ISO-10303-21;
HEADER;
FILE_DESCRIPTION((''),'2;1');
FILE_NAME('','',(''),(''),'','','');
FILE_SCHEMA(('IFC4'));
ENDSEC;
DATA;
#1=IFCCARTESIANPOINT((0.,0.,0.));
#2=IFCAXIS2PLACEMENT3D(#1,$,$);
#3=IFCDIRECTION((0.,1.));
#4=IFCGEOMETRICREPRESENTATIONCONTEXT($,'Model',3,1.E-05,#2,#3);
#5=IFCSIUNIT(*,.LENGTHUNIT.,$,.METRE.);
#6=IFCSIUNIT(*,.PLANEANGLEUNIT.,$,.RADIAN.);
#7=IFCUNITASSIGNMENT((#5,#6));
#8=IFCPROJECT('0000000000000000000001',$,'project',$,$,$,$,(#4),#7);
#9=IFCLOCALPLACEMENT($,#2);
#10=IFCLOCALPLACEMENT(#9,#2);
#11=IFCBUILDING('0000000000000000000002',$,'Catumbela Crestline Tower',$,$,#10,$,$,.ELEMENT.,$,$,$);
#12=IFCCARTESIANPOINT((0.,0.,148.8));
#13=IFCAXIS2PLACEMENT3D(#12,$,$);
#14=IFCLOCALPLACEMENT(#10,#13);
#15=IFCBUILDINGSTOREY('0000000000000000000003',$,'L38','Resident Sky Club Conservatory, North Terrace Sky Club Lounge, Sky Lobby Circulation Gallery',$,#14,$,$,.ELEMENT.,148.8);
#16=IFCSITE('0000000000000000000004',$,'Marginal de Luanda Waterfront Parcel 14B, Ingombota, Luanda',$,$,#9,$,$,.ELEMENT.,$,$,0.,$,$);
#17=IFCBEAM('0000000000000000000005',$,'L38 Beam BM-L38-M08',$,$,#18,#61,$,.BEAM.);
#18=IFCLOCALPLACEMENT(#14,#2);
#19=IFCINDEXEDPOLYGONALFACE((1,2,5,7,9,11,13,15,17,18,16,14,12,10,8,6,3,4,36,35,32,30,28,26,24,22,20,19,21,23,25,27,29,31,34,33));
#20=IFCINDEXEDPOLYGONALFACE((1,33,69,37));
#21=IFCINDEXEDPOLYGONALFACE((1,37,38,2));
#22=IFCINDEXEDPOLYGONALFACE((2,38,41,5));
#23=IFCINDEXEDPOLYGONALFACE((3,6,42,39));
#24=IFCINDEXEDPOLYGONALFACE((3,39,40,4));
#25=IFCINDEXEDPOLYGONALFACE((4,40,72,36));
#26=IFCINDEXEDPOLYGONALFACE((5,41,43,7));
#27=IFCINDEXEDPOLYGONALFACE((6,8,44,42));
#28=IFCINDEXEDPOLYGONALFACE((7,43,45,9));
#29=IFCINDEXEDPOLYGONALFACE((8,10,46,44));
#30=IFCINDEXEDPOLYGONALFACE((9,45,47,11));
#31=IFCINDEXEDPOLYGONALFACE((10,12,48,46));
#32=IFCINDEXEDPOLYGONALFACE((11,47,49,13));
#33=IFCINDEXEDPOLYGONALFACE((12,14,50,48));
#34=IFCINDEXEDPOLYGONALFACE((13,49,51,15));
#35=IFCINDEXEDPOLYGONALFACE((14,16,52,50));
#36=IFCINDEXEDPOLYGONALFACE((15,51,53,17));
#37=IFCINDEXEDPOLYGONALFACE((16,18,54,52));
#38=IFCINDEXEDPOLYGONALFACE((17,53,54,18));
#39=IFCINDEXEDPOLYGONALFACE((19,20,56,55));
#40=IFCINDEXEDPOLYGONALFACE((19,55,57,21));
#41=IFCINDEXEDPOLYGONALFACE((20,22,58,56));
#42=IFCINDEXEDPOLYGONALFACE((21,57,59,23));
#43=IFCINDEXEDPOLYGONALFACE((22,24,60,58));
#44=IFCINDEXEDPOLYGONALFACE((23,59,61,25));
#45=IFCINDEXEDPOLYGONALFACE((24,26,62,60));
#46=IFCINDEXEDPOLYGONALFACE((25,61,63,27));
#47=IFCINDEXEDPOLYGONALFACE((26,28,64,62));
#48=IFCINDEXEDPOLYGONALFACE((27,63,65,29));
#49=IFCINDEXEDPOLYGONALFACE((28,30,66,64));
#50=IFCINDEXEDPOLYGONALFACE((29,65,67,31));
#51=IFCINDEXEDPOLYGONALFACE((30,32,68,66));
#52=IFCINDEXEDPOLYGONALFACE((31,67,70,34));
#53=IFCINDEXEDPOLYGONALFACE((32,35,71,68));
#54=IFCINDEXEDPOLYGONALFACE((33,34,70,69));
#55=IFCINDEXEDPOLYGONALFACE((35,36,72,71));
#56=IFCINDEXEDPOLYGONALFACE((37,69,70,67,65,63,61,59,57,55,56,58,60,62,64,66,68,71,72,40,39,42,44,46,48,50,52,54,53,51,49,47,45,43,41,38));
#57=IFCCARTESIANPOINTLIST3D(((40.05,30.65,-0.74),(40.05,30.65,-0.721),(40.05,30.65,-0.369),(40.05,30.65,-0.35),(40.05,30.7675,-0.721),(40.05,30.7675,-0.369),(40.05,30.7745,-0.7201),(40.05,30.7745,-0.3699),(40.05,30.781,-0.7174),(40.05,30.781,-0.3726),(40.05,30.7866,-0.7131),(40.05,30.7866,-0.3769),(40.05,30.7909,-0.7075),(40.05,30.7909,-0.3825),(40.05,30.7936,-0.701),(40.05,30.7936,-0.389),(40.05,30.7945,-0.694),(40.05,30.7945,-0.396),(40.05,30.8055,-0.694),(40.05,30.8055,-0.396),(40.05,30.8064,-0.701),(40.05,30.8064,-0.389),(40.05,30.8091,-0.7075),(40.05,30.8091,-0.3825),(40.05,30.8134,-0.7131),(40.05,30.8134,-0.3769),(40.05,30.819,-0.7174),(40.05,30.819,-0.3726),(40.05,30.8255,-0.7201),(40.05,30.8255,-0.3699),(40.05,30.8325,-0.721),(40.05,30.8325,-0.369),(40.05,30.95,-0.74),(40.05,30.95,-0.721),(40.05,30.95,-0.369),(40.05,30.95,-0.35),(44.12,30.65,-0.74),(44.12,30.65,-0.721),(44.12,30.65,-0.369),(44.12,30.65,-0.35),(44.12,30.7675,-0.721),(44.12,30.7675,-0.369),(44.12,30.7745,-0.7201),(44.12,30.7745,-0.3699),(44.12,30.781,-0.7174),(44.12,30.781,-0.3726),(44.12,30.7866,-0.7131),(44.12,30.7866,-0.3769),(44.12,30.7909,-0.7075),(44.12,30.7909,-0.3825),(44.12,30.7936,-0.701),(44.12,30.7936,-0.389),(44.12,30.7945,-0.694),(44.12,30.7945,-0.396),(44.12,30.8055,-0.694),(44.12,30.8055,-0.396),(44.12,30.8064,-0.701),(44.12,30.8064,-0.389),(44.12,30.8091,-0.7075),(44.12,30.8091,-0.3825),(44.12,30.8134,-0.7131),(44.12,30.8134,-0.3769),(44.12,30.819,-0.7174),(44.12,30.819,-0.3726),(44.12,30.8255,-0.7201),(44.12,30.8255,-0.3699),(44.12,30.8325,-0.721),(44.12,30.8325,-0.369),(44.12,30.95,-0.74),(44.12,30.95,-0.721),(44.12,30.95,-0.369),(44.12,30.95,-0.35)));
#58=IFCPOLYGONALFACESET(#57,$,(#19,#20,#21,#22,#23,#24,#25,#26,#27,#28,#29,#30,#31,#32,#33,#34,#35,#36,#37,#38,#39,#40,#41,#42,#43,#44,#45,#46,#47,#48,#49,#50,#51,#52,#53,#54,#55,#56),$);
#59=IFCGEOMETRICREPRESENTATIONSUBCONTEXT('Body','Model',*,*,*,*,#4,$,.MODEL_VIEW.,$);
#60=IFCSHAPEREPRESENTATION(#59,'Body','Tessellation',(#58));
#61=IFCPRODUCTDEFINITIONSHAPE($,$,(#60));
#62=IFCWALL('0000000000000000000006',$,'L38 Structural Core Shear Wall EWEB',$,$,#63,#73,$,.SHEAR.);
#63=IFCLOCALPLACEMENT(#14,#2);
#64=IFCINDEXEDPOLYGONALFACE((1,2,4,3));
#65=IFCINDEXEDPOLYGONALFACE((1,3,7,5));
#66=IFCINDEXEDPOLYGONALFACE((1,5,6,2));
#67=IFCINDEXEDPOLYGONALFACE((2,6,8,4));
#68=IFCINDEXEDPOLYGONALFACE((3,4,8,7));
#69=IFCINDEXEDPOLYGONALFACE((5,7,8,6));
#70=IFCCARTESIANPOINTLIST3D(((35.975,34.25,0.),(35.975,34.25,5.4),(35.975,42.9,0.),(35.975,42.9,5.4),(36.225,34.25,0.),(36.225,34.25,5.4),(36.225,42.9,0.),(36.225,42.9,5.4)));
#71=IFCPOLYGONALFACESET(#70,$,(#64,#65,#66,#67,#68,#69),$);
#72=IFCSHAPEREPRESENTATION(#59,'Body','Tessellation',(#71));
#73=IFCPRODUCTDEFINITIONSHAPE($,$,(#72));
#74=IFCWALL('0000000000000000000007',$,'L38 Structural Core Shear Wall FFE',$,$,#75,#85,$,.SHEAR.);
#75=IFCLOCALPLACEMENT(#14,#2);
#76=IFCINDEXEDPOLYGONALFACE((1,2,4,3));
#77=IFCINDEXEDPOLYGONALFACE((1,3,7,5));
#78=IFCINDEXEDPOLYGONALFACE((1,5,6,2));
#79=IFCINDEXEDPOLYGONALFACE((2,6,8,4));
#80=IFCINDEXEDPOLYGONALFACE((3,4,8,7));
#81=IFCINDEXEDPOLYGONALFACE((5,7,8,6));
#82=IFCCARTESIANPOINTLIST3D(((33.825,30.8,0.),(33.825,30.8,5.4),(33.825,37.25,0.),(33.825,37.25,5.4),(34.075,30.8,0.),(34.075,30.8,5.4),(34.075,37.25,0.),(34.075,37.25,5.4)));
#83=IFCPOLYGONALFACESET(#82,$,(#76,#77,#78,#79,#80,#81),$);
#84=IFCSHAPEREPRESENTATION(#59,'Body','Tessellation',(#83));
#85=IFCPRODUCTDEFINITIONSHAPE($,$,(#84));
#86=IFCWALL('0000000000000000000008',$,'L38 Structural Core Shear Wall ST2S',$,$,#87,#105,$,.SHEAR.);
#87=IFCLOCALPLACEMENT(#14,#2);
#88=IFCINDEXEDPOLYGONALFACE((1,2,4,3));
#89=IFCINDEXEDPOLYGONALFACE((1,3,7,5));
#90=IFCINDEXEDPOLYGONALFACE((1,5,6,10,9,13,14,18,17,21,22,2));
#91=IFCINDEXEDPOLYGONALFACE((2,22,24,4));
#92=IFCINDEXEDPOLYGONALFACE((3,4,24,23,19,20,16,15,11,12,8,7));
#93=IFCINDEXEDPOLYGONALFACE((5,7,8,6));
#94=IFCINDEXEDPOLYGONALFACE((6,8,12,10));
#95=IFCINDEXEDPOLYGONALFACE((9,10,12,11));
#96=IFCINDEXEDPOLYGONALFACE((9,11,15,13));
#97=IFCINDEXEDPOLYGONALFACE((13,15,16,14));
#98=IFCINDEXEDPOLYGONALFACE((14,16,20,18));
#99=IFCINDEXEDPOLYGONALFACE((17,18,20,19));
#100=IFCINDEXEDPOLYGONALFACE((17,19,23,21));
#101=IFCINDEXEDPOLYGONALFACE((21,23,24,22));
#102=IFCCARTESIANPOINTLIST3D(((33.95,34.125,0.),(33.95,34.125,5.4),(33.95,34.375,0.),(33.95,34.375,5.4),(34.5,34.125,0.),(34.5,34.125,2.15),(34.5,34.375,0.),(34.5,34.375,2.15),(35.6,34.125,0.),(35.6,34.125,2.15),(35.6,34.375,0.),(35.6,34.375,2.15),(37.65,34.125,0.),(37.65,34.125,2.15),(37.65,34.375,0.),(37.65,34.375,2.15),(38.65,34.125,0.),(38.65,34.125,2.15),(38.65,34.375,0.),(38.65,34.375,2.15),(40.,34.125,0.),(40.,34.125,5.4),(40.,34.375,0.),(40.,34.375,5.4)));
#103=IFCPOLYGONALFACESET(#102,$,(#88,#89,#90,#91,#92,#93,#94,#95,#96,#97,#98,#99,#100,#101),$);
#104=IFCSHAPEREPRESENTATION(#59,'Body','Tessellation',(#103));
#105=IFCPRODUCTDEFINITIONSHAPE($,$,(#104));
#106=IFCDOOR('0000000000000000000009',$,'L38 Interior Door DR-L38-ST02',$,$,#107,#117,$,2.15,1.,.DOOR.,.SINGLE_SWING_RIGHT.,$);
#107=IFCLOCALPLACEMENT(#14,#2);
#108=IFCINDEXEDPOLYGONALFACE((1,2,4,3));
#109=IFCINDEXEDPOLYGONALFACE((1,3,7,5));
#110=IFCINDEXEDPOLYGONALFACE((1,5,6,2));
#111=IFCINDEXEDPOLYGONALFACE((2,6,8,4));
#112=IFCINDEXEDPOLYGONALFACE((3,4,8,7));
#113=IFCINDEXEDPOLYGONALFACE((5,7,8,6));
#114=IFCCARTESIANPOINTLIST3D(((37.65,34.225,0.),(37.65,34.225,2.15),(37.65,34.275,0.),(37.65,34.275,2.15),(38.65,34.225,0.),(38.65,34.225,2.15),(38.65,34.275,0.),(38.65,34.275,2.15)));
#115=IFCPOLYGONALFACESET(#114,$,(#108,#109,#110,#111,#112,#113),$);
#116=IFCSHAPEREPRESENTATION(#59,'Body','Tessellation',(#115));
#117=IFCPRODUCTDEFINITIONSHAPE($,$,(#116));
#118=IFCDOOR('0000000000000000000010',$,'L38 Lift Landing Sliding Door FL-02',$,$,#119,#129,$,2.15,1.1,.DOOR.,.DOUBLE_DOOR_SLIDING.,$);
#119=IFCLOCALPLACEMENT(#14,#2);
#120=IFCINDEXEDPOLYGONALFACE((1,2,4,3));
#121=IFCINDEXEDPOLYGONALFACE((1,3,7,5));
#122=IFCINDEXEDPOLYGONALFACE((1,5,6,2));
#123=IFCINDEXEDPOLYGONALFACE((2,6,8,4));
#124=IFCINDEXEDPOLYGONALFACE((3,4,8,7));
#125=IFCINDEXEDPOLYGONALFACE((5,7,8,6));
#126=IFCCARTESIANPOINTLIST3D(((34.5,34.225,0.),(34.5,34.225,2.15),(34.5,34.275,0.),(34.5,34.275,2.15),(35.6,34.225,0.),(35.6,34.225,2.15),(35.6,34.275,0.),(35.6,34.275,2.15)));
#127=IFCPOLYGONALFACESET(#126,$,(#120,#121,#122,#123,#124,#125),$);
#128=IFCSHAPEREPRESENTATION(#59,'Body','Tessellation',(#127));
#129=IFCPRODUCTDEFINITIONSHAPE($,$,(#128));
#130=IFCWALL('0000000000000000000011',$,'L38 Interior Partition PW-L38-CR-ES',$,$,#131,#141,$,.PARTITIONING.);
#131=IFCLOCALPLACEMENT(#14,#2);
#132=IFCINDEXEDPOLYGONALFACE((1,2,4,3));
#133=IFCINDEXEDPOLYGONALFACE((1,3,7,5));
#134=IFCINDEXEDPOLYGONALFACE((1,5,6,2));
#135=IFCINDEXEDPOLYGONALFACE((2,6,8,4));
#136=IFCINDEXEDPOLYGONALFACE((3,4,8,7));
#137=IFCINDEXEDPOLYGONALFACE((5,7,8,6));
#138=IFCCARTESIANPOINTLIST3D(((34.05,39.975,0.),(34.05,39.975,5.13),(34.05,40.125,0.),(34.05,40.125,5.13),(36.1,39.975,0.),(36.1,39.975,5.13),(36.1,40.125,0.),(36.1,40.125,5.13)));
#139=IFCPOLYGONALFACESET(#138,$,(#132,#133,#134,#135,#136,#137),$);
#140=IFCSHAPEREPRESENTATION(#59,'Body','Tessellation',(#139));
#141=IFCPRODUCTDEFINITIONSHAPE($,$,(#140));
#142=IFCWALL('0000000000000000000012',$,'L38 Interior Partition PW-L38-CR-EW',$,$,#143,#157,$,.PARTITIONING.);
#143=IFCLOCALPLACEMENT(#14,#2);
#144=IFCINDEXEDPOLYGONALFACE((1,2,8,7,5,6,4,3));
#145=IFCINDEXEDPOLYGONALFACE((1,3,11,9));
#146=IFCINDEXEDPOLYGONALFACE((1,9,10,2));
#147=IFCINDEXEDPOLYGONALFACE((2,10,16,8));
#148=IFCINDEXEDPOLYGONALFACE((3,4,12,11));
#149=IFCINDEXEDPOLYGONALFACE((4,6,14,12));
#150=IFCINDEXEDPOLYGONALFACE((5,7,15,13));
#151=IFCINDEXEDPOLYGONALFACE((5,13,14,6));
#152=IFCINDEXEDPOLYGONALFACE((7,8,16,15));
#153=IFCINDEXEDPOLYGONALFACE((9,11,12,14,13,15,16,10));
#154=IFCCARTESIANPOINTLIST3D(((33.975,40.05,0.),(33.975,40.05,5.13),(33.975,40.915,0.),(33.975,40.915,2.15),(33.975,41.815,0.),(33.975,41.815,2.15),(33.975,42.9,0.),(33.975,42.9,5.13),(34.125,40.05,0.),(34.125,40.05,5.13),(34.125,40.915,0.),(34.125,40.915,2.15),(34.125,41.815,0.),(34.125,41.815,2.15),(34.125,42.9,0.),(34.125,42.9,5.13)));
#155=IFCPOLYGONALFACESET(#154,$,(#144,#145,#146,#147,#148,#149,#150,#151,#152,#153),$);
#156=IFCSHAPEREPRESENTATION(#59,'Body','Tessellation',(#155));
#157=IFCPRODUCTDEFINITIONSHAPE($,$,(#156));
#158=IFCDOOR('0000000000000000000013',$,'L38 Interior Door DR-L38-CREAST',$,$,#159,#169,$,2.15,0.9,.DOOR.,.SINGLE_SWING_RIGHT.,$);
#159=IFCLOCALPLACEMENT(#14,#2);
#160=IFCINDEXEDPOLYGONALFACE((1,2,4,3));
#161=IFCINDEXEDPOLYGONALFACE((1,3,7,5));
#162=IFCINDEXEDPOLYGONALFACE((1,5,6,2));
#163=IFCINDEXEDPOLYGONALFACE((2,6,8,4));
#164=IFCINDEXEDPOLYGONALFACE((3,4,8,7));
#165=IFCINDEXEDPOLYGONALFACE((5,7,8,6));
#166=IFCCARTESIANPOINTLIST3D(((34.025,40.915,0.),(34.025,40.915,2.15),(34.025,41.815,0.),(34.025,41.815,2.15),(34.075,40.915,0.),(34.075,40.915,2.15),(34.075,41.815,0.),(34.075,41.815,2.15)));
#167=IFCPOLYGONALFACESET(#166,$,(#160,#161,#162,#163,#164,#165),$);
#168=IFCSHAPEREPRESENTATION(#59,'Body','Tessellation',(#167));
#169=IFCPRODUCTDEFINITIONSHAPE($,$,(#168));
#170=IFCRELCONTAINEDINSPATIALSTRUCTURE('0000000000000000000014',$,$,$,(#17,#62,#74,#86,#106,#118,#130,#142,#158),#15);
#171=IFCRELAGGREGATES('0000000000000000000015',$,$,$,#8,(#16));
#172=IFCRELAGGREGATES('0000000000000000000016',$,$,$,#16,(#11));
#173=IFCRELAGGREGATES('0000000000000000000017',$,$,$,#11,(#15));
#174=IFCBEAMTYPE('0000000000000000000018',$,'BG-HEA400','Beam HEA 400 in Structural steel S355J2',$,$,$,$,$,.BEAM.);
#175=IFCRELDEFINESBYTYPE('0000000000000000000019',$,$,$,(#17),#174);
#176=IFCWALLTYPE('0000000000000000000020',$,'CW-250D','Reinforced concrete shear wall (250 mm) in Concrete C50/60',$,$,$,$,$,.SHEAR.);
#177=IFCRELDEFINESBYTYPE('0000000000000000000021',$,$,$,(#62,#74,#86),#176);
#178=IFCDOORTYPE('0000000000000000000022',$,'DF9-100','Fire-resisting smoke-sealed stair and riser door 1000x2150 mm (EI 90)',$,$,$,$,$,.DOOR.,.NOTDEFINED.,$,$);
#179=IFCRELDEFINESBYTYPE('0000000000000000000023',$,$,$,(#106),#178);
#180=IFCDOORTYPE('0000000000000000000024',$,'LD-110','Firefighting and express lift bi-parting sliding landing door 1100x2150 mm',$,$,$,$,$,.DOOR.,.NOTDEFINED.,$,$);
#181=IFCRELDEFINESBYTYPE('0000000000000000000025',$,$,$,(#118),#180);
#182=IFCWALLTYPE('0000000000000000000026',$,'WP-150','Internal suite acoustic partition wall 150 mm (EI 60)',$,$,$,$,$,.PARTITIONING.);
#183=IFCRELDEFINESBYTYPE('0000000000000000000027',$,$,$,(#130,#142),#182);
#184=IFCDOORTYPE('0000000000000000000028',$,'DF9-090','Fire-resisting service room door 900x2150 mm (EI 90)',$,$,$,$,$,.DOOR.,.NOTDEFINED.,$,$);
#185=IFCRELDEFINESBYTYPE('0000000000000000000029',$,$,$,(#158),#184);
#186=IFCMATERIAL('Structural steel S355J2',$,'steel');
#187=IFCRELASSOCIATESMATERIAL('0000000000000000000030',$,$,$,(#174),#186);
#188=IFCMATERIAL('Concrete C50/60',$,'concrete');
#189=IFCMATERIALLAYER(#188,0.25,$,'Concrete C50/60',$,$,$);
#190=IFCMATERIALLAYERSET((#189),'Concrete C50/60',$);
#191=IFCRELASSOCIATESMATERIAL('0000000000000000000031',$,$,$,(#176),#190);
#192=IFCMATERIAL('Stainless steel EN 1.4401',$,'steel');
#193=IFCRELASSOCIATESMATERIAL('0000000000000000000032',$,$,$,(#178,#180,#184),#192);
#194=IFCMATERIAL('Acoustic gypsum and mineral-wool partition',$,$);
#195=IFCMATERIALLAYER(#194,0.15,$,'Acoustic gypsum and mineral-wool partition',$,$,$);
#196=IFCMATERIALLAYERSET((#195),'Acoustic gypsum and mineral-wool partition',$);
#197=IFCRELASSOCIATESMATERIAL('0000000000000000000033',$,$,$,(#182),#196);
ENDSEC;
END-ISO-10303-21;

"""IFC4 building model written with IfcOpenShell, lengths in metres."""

from ifc_helpers import new_model, si_unit, direction, frame, frame_2d, origin, origin_2d, place, context, subcontext, project, spatial, rectangle, i_section, extrude, material, layer, layer_set, material_profile, profile_set, type_object, element, fill, save


model = new_model("IFC4")

# Units and contexts
model_context = context("Model", 3, precision=1e-05, world=origin(), true_north=direction((0.0, 1.0)))
body_context = subcontext(model_context, "Body", "Model", "MODEL_VIEW")
ifc_project = project(units=[si_unit("LENGTHUNIT", "METRE"), si_unit("PLANEANGLEUNIT", "RADIAN")], contexts=[model_context])

# Site, building, storey
site_placement = place(None, origin())
site = spatial("IfcSite", under=ifc_project, at=site_placement, Name="Marginal de Luanda Waterfront Parcel 14B, Ingombota, Luanda", CompositionType="ELEMENT", RefElevation=0.0)
building_placement = place(site_placement, origin())
building = spatial("IfcBuilding", under=site, at=building_placement, Name="Catumbela Crestline Tower", CompositionType="ELEMENT")
storey_placement = place(building_placement, frame((0.0, 0.0, 148.8)))
storey = spatial("IfcBuildingStorey", under=building, at=storey_placement, Name="L38", Description="Resident Sky Club Conservatory, North Terrace Sky Club Lounge, Sky Lobby Circulation Gallery", CompositionType="ELEMENT", Elevation=148.8)

# Beam
ifc_material_1 = material(Name="Structural steel S355J2", Category="steel")
ifc_material_profile = material_profile(ifc_material_1, i_section(OverallWidth=0.3, OverallDepth=0.39, WebThickness=0.011, FlangeThickness=0.019, FilletRadius=0.027, at=origin_2d()), Name="HEA 400")
ifc_profile_set = profile_set([ifc_material_profile], Name="Structural steel S355J2")
beam_type = type_object("IfcBeamType", Name="BG-HEA400", Description="Beam HEA 400 in Structural steel S355J2", PredefinedType="BEAM", material=ifc_profile_set)
beam_placement = place(storey_placement, frame((40.05, 30.8, -0.545), z_axis=(1.0, 0.0, 0.0), x_axis=(0.0, 1.0, 0.0)))
element("IfcBeam", 1, at=beam_placement, inside=storey, type_object=beam_type, Name="L38 Beam BM-L38-M08", PredefinedType="BEAM", context=body_context, shape_type="SweptSolid", body=[
    extrude(i_section(OverallWidth=0.3, OverallDepth=0.39, WebThickness=0.011, FlangeThickness=0.019, FilletRadius=0.027, at=origin_2d()), origin(), (0.0, 0.0, 1.0), 4.07),
])

# Walls
ifc_material_2 = material(Name="Concrete C50/60", Category="concrete")
ifc_layer_1 = layer(ifc_material_2, 0.25, Name="Concrete C50/60")
ifc_layer_set_1 = layer_set([ifc_layer_1], Name="Concrete C50/60")
wall_type_1 = type_object("IfcWallType", Name="CW-250D", Description="Reinforced concrete shear wall (250 mm) in Concrete C50/60", PredefinedType="SHEAR", material=ifc_layer_set_1)
wall_1_placement = place(storey_placement, frame((36.1, 34.25, 0.0), z_axis=(0.0, 0.0, 1.0), x_axis=(0.0, 1.0, 0.0)))
element("IfcWall", 2, at=wall_1_placement, inside=storey, type_object=wall_type_1, Name="L38 Structural Core Shear Wall EWEB", PredefinedType="SHEAR", context=body_context, shape_type="SweptSolid", body=[
    extrude(rectangle(XDim=8.65, YDim=0.25, at=frame_2d((4.325, 0.0))), origin(), (0.0, 0.0, 1.0), 5.4),
])
wall_2_placement = place(storey_placement, frame((33.95, 30.8, 0.0), z_axis=(0.0, 0.0, 1.0), x_axis=(0.0, 1.0, 0.0)))
element("IfcWall", 3, at=wall_2_placement, inside=storey, type_object=wall_type_1, Name="L38 Structural Core Shear Wall FFE", PredefinedType="SHEAR", context=body_context, shape_type="SweptSolid", body=[
    extrude(rectangle(XDim=6.45, YDim=0.25, at=frame_2d((3.225, 0.0))), origin(), (0.0, 0.0, 1.0), 5.4),
])

# Wall, openings, doors
wall_3_placement = place(storey_placement, frame((33.95, 34.25, 0.0), z_axis=(0.0, 0.0, 1.0), x_axis=(1.0, 0.0, 0.0)))
wall_3 = element("IfcWall", 4, at=wall_3_placement, inside=storey, type_object=wall_type_1, Name="L38 Structural Core Shear Wall ST2S", PredefinedType="SHEAR", context=body_context, shape_type="SweptSolid", body=[
    extrude(rectangle(XDim=6.05, YDim=0.25, at=frame_2d((3.025, 0.0))), origin(), (0.0, 0.0, 1.0), 5.4),
])
opening_1_placement = place(wall_3_placement, frame((3.7, 0.0, 0.0)))
opening_1 = element("IfcOpeningElement", 5, at=opening_1_placement, cuts=wall_3, PredefinedType="OPENING", context=body_context, shape_type="SweptSolid", body=[
    extrude(rectangle(XDim=1.0, YDim=2.15, at=frame_2d((0.5, 1.075))), frame((0.0, 0.135, 0.0), z_axis=(0.0, -1.0, 0.0), x_axis=(1.0, 0.0, 0.0)), (0.0, 0.0, 1.0), 0.27),
])
opening_2_placement = place(wall_3_placement, frame((0.55, 0.0, 0.0)))
opening_2 = element("IfcOpeningElement", 6, at=opening_2_placement, cuts=wall_3, PredefinedType="OPENING", context=body_context, shape_type="SweptSolid", body=[
    extrude(rectangle(XDim=1.1, YDim=2.15, at=frame_2d((0.55, 1.075))), frame((0.0, 0.135, 0.0), z_axis=(0.0, -1.0, 0.0), x_axis=(1.0, 0.0, 0.0)), (0.0, 0.0, 1.0), 0.27),
])
ifc_material_3 = material(Name="Stainless steel EN 1.4401", Category="steel")
door_type_1 = type_object("IfcDoorType", Name="DF9-100", Description="Fire-resisting smoke-sealed stair and riser door 1000x2150 mm (EI 90)", OperationType="NOTDEFINED", PredefinedType="DOOR", material=ifc_material_3)
door_1_placement = place(opening_1_placement, origin())
door_1 = element("IfcDoor", 7, at=door_1_placement, inside=storey, type_object=door_type_1, Name="L38 Interior Door DR-L38-ST02", OperationType="SINGLE_SWING_RIGHT", OverallHeight=2.15, OverallWidth=1.0, PredefinedType="DOOR", context=body_context, shape_type="SweptSolid", body=[
    extrude(rectangle(XDim=1.0, YDim=2.15, at=frame_2d((0.5, 1.075))), frame((0.0, 0.025, 0.0), z_axis=(0.0, -1.0, 0.0), x_axis=(1.0, 0.0, 0.0)), (0.0, 0.0, 1.0), 0.05),
])
fill(opening_1, door_1)
door_type_2 = type_object("IfcDoorType", Name="LD-110", Description="Firefighting and express lift bi-parting sliding landing door 1100x2150 mm", OperationType="NOTDEFINED", PredefinedType="DOOR", material=ifc_material_3)
door_2_placement = place(opening_2_placement, origin())
door_2 = element("IfcDoor", 8, at=door_2_placement, inside=storey, type_object=door_type_2, Name="L38 Lift Landing Sliding Door FL-02", OperationType="DOUBLE_DOOR_SLIDING", OverallHeight=2.15, OverallWidth=1.1, PredefinedType="DOOR", context=body_context, shape_type="SweptSolid", body=[
    extrude(rectangle(XDim=1.1, YDim=2.15, at=frame_2d((0.55, 1.075))), frame((0.0, 0.025, 0.0), z_axis=(0.0, -1.0, 0.0), x_axis=(1.0, 0.0, 0.0)), (0.0, 0.0, 1.0), 0.05),
])
fill(opening_2, door_2)

# Wall
ifc_material_4 = material(Name="Acoustic gypsum and mineral-wool partition")
ifc_layer_2 = layer(ifc_material_4, 0.15, Name="Acoustic gypsum and mineral-wool partition")
ifc_layer_set_2 = layer_set([ifc_layer_2], Name="Acoustic gypsum and mineral-wool partition")
wall_type_2 = type_object("IfcWallType", Name="WP-150", Description="Internal suite acoustic partition wall 150 mm (EI 60)", PredefinedType="PARTITIONING", material=ifc_layer_set_2)
wall_4_placement = place(storey_placement, frame((34.05, 40.05, 0.0), z_axis=(0.0, 0.0, 1.0), x_axis=(1.0, 0.0, 0.0)))
element("IfcWall", 9, at=wall_4_placement, inside=storey, type_object=wall_type_2, Name="L38 Interior Partition PW-L38-CR-ES", PredefinedType="PARTITIONING", context=body_context, shape_type="SweptSolid", body=[
    extrude(rectangle(XDim=2.05, YDim=0.15, at=frame_2d((1.025, 0.0))), origin(), (0.0, 0.0, 1.0), 5.13),
])

# Wall, opening, door
wall_5_placement = place(storey_placement, frame((34.05, 40.05, 0.0), z_axis=(0.0, 0.0, 1.0), x_axis=(0.0, 1.0, 0.0)))
wall_5 = element("IfcWall", 10, at=wall_5_placement, inside=storey, type_object=wall_type_2, Name="L38 Interior Partition PW-L38-CR-EW", PredefinedType="PARTITIONING", context=body_context, shape_type="SweptSolid", body=[
    extrude(rectangle(XDim=2.85, YDim=0.15, at=frame_2d((1.425, 0.0))), origin(), (0.0, 0.0, 1.0), 5.13),
])
opening_3_placement = place(wall_5_placement, frame((0.865, 0.0, 0.0)))
opening_3 = element("IfcOpeningElement", 11, at=opening_3_placement, cuts=wall_5, PredefinedType="OPENING", context=body_context, shape_type="SweptSolid", body=[
    extrude(rectangle(XDim=0.9, YDim=2.15, at=frame_2d((0.45, 1.075))), frame((0.0, 0.085, 0.0), z_axis=(0.0, -1.0, 0.0), x_axis=(1.0, 0.0, 0.0)), (0.0, 0.0, 1.0), 0.17),
])
door_type_3 = type_object("IfcDoorType", Name="DF9-090", Description="Fire-resisting service room door 900x2150 mm (EI 90)", OperationType="NOTDEFINED", PredefinedType="DOOR", material=ifc_material_3)
door_3_placement = place(opening_3_placement, origin())
door_3 = element("IfcDoor", 12, at=door_3_placement, inside=storey, type_object=door_type_3, Name="L38 Interior Door DR-L38-CREAST", OperationType="SINGLE_SWING_RIGHT", OverallHeight=2.15, OverallWidth=0.9, PredefinedType="DOOR", context=body_context, shape_type="SweptSolid", body=[
    extrude(rectangle(XDim=0.9, YDim=2.15, at=frame_2d((0.45, 1.075))), frame((0.0, 0.025, 0.0), z_axis=(0.0, -1.0, 0.0), x_axis=(1.0, 0.0, 0.0)), (0.0, 0.0, 1.0), 0.05),
])
fill(opening_3, door_3)

save(model, "model.ifc")
